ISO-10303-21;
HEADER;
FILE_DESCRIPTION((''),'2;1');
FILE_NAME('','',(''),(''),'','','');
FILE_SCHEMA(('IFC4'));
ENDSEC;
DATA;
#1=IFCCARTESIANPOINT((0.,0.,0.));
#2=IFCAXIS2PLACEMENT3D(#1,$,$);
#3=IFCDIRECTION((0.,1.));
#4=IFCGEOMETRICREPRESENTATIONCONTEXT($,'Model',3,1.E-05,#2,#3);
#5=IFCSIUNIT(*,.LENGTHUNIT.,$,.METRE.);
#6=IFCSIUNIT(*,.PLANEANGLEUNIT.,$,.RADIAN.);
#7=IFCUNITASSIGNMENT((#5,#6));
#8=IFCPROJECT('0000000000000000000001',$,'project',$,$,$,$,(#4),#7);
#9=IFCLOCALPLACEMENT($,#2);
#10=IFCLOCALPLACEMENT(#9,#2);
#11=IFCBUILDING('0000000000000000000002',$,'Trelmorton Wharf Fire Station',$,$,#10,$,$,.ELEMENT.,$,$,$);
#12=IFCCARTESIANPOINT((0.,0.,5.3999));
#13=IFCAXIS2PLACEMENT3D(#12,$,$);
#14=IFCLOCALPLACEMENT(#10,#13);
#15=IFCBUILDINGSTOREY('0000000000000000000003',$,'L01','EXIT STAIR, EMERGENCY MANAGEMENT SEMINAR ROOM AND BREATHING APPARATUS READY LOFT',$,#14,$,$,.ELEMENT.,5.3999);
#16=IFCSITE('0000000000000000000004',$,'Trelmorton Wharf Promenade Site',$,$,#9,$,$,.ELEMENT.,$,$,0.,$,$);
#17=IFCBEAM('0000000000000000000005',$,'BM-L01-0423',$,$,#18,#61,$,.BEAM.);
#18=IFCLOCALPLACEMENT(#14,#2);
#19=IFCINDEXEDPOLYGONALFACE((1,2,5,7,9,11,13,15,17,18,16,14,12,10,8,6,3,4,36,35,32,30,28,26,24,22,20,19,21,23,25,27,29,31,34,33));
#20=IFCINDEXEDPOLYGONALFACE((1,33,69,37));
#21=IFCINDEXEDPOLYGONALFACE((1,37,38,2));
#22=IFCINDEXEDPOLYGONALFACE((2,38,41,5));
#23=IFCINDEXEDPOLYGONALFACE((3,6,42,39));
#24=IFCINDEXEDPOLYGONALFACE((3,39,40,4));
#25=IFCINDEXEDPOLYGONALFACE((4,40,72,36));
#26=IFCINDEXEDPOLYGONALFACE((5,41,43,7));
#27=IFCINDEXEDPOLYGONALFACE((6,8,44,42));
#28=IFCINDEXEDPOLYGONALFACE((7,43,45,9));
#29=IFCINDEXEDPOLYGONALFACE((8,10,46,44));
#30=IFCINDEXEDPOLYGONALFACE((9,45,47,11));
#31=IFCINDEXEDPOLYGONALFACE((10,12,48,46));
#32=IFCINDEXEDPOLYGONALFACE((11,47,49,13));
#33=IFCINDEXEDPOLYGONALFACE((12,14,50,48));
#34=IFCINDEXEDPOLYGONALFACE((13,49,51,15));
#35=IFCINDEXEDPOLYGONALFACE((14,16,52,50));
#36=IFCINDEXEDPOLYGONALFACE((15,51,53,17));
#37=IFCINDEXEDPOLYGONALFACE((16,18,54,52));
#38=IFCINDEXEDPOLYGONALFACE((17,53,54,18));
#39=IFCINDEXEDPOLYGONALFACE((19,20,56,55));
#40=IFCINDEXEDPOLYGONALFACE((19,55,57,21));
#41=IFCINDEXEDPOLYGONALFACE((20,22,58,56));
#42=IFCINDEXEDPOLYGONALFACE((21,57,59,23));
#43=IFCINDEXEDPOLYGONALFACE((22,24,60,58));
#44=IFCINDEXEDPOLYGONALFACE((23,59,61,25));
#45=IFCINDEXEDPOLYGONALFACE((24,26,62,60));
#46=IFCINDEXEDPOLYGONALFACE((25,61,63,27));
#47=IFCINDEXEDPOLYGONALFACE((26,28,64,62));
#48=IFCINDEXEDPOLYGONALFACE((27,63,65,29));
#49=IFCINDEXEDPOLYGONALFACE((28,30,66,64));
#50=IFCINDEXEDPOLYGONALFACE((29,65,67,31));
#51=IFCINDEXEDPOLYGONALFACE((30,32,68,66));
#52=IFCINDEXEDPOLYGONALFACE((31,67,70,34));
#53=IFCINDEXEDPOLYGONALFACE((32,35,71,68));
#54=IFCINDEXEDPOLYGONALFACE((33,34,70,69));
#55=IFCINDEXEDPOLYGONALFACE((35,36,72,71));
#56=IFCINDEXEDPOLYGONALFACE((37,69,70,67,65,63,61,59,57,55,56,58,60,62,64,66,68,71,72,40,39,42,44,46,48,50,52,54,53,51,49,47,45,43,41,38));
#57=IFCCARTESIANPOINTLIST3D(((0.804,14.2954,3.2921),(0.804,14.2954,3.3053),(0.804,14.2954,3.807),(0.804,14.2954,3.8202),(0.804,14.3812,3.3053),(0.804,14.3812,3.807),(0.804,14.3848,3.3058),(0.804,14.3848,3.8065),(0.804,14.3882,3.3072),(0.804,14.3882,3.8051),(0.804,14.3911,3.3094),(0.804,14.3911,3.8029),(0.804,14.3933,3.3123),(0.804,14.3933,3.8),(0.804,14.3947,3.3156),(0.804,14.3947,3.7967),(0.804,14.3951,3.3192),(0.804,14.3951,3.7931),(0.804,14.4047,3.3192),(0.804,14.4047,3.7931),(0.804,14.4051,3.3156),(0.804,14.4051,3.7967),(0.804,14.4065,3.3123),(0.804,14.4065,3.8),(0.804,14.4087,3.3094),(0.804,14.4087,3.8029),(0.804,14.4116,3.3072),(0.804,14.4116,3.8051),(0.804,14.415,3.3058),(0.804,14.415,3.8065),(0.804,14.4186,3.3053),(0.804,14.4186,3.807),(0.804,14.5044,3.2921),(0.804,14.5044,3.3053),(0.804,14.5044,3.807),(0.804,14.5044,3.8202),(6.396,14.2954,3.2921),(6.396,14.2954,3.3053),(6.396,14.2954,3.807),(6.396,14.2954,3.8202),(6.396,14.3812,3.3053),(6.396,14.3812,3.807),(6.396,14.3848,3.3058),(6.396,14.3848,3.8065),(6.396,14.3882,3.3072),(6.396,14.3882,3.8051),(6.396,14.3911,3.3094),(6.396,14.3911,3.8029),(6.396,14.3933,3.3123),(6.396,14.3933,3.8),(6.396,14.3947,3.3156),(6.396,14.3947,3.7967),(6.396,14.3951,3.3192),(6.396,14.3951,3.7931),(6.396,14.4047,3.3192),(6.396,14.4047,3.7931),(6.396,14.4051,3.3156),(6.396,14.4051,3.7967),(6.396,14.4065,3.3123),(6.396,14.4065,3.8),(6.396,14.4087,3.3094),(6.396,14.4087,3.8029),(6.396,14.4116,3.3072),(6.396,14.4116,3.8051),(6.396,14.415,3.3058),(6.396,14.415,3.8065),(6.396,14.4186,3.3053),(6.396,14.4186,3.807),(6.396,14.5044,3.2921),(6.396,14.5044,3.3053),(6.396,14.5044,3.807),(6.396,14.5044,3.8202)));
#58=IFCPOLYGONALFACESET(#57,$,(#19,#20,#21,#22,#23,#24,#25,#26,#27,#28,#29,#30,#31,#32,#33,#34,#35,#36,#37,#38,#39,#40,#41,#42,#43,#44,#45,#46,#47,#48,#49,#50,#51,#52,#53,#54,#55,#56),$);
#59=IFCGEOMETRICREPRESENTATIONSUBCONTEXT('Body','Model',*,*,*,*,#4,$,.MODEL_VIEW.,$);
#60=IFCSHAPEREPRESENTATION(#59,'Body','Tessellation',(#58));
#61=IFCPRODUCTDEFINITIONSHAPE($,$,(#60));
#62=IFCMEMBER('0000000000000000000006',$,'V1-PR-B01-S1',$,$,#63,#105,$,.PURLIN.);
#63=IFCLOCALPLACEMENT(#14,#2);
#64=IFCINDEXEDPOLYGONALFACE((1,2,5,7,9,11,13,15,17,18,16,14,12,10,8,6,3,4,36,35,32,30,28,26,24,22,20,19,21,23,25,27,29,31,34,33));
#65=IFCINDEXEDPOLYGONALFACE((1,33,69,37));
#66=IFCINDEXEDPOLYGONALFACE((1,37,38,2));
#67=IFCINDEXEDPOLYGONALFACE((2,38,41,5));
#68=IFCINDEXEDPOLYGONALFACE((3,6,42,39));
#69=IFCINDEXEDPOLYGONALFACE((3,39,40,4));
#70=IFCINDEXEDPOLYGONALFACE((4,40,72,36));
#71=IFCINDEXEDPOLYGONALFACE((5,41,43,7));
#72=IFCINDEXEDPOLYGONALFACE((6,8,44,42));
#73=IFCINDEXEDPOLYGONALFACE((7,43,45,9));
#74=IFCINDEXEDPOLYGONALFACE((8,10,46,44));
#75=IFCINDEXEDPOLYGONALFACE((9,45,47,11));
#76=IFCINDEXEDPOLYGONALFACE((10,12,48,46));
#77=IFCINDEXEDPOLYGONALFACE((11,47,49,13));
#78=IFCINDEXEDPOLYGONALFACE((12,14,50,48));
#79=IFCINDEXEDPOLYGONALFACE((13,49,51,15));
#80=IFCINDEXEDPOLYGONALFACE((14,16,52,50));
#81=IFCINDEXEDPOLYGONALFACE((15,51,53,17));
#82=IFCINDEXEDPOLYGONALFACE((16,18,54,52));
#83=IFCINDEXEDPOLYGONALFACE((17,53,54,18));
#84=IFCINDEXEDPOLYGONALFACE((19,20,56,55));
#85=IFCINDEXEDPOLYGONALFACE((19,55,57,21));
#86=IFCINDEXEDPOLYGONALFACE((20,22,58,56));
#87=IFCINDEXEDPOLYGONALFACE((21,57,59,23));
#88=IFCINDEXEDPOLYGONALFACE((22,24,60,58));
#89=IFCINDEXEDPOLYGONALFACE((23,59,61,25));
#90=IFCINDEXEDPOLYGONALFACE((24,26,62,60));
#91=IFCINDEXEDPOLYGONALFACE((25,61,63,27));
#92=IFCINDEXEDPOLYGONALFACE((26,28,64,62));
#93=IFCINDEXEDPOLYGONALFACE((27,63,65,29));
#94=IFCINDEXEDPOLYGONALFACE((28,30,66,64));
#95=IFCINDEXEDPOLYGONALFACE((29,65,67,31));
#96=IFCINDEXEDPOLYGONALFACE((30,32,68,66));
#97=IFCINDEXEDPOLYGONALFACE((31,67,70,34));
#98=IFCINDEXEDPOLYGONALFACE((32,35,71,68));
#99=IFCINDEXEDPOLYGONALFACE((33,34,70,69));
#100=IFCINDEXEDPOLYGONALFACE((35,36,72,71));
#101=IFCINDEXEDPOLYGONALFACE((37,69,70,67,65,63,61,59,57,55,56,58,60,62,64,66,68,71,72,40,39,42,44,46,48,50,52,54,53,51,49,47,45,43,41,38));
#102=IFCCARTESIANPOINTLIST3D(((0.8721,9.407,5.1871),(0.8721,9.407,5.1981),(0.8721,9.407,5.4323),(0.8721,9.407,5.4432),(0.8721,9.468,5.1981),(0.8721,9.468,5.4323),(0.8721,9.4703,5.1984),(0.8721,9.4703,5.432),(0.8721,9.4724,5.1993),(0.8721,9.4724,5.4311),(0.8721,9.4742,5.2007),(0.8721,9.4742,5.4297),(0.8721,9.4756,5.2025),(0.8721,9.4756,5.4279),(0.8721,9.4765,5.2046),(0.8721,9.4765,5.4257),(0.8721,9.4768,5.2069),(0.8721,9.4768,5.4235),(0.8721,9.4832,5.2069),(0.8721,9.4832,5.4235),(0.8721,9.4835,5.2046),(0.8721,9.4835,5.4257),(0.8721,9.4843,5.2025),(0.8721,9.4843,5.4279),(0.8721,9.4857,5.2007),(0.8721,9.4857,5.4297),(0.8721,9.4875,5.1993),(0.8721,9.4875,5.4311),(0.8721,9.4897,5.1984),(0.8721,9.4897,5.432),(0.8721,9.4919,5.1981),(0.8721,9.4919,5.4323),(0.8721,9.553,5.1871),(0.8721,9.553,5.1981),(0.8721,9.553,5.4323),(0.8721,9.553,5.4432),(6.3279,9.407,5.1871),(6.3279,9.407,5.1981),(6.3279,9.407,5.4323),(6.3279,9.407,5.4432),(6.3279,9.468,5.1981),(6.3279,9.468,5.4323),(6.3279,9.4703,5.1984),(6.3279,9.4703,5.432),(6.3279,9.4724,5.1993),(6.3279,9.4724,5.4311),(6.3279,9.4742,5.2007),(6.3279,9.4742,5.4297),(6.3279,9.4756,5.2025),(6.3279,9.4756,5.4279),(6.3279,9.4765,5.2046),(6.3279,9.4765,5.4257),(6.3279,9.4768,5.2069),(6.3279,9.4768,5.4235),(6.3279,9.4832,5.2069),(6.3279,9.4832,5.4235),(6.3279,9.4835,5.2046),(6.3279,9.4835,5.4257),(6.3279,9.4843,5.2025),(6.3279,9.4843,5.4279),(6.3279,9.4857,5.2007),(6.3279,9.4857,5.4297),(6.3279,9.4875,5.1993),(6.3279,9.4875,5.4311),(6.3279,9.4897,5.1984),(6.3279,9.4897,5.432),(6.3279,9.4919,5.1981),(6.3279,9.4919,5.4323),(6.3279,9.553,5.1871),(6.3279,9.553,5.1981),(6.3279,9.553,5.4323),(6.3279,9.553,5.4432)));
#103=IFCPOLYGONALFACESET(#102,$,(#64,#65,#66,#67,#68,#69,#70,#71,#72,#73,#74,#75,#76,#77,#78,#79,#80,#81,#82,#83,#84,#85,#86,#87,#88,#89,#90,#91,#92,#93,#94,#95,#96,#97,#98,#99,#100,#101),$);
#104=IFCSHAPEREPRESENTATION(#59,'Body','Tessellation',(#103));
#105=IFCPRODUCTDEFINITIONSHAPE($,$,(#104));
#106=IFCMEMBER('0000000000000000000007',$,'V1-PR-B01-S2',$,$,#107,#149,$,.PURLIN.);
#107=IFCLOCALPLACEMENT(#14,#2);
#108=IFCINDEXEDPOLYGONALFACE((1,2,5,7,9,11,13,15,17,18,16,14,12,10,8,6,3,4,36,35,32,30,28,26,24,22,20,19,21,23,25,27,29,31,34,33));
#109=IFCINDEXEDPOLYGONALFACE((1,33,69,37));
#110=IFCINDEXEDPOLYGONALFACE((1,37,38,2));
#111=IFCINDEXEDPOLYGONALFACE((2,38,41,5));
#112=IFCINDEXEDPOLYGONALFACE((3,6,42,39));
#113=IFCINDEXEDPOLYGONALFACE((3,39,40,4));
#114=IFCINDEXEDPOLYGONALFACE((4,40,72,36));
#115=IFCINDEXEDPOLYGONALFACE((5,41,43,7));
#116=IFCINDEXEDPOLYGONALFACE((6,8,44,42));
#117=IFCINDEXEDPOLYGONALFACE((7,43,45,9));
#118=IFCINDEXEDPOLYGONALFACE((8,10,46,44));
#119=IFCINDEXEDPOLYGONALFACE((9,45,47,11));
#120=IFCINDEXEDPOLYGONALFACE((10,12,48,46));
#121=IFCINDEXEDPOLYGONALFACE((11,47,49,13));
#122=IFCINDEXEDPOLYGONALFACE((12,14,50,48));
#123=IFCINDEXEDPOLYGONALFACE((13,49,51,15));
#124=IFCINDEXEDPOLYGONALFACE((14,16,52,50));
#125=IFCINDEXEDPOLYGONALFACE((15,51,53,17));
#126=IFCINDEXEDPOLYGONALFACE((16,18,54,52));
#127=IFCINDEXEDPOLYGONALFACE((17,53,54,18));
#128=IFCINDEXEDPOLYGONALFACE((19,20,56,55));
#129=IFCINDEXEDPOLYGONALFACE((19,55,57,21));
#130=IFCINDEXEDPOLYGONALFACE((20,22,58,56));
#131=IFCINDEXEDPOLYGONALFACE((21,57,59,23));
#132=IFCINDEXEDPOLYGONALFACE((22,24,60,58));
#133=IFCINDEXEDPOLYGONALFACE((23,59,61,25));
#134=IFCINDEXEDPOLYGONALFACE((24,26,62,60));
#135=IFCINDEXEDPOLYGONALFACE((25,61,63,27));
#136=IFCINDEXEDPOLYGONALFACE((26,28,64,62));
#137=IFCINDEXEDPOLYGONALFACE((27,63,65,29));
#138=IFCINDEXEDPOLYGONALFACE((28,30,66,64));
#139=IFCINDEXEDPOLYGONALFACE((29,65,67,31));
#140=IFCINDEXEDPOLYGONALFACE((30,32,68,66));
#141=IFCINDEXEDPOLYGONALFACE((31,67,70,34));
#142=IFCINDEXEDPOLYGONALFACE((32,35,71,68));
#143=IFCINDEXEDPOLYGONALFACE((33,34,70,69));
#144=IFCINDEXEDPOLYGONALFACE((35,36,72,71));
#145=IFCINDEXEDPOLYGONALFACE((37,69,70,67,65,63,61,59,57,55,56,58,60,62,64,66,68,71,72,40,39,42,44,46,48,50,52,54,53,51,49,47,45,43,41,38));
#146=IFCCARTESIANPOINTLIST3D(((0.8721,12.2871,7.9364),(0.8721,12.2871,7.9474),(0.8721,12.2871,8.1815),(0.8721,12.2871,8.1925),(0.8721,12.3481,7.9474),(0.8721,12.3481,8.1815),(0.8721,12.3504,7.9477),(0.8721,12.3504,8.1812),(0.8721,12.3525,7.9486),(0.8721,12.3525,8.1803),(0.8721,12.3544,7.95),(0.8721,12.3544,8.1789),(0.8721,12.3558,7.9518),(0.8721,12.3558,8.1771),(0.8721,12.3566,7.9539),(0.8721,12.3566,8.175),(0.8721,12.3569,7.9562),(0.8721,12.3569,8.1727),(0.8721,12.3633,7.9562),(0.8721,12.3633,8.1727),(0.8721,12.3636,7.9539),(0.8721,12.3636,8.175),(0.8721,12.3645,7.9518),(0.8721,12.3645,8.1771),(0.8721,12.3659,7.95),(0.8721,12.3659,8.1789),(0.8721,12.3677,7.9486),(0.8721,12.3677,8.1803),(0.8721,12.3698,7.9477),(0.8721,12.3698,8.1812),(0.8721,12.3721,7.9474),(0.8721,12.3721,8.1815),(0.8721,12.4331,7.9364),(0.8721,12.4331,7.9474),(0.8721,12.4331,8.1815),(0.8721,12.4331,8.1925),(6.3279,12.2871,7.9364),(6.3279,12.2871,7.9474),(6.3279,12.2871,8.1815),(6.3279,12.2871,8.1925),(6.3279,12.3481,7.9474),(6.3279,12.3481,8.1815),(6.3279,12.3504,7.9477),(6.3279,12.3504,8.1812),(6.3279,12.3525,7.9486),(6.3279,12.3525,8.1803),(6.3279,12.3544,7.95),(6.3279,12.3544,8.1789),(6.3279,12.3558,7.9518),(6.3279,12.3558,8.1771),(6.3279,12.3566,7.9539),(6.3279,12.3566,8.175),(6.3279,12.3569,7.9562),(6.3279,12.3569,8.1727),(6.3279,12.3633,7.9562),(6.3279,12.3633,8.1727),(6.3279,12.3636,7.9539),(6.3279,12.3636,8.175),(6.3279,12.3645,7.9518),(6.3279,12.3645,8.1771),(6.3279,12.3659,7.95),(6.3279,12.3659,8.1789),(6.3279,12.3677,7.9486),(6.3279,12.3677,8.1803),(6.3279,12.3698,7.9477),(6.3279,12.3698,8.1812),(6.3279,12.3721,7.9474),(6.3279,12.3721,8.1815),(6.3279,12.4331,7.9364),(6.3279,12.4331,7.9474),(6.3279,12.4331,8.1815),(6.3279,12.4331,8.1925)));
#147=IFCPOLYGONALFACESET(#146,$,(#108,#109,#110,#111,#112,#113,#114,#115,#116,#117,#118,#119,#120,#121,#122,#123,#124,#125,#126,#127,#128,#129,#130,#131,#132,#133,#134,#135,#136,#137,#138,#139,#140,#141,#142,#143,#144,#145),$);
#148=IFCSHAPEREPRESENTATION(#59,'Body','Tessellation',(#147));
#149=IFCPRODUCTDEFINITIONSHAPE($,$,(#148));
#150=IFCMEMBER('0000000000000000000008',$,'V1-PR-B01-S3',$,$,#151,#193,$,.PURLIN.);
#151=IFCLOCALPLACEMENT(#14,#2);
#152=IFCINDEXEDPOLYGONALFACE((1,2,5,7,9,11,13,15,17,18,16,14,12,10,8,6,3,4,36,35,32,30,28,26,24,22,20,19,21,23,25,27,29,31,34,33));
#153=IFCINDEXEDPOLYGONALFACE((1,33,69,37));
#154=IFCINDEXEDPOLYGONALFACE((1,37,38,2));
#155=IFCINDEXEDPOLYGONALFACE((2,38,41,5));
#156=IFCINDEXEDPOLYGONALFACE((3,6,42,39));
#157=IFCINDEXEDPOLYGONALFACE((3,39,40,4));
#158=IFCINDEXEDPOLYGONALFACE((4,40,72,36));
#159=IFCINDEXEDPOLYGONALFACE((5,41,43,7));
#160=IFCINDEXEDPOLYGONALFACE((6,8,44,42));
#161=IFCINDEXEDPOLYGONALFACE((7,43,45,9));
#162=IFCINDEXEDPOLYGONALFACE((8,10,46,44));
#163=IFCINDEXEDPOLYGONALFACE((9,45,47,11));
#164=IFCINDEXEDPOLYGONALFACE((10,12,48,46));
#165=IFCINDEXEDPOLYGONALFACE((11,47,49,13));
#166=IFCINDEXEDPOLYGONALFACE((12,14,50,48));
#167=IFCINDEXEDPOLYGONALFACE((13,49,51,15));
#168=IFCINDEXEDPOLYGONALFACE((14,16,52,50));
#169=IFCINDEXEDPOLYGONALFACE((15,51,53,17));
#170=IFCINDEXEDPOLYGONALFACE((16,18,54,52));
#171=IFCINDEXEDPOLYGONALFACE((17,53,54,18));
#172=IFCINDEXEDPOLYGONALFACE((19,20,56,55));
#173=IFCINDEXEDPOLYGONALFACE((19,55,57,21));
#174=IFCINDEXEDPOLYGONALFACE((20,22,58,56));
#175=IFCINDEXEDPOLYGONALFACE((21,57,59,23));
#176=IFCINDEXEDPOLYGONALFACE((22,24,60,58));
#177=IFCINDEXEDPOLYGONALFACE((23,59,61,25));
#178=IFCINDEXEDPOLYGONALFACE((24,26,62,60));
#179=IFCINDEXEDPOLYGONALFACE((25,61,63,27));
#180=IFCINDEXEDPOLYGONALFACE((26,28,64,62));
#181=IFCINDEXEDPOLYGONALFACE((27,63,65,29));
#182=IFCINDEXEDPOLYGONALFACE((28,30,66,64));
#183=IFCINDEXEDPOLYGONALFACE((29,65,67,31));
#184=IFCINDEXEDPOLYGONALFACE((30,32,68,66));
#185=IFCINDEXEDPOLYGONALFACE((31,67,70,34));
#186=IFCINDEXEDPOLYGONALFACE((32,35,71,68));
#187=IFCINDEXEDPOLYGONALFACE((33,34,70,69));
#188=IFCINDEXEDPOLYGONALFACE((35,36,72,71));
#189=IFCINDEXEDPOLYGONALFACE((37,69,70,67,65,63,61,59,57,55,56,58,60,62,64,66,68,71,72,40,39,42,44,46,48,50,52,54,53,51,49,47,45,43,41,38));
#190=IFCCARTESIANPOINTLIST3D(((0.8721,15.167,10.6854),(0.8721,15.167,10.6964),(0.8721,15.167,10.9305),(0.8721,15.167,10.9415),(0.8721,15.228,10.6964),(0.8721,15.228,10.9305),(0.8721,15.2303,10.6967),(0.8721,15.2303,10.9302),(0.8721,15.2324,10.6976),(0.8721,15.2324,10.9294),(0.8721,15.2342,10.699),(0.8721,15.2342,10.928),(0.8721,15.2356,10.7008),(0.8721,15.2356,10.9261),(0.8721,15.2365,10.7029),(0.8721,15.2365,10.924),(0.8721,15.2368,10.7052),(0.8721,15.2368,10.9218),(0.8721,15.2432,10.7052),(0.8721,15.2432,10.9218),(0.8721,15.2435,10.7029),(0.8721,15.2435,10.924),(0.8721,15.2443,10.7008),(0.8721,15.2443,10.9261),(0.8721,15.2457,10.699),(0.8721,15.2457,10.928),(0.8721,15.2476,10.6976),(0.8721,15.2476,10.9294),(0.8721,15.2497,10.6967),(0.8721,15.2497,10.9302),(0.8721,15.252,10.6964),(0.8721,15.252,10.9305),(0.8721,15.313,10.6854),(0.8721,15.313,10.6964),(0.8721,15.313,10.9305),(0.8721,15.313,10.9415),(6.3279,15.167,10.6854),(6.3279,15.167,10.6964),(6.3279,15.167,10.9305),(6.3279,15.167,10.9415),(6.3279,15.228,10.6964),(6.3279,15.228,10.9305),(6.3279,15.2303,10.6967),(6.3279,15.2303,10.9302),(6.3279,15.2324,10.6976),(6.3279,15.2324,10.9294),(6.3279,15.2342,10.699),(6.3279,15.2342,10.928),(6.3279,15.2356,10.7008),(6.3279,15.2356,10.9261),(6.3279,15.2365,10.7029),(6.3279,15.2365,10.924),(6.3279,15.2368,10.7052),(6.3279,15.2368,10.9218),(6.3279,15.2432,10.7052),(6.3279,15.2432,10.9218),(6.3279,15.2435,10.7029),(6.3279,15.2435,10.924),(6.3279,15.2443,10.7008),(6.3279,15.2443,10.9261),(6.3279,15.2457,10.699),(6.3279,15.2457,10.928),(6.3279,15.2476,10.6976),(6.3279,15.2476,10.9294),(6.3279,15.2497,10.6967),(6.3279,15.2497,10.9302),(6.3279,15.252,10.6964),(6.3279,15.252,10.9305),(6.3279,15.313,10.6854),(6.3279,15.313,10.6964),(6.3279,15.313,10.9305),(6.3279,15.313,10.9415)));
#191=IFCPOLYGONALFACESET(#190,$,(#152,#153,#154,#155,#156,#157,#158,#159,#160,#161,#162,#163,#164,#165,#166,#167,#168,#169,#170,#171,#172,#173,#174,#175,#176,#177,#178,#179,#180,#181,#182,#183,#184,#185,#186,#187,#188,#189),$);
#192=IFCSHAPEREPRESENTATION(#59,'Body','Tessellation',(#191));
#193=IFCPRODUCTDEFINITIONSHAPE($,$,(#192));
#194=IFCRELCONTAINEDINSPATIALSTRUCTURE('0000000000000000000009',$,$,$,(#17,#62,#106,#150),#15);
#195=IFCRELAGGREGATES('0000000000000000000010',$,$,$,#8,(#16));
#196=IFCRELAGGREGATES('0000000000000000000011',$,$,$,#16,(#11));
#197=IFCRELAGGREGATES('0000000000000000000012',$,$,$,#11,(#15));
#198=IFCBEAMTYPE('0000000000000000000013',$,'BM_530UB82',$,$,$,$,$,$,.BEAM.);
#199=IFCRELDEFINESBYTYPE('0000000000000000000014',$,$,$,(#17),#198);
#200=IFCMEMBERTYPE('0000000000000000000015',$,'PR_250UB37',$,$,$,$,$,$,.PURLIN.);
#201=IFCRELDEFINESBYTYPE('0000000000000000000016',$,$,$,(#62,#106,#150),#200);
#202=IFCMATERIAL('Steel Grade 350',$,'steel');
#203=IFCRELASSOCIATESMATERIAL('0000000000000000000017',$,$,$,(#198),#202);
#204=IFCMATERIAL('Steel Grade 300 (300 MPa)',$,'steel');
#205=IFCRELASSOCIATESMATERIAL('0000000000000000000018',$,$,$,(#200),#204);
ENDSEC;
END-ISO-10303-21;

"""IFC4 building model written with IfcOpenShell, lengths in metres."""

from ifc_helpers import new_model, si_unit, direction, frame, origin, origin_2d, place, context, subcontext, project, spatial, i_section, extrude, material, material_profile, profile_set, type_object, element, save


model = new_model("IFC4")

# Units and contexts
model_context = context("Model", 3, precision=1e-05, world=origin(), true_north=direction((0.0, 1.0)))
body_context = subcontext(model_context, "Body", "Model", "MODEL_VIEW")
ifc_project = project(units=[si_unit("LENGTHUNIT", "METRE"), si_unit("PLANEANGLEUNIT", "RADIAN")], contexts=[model_context])

# Site, building, storey
site_placement = place(None, origin())
site = spatial("IfcSite", under=ifc_project, at=site_placement, Name="Trelmorton Wharf Promenade Site", CompositionType="ELEMENT", RefElevation=0.0)
building_placement = place(site_placement, origin())
building = spatial("IfcBuilding", under=site, at=building_placement, Name="Trelmorton Wharf Fire Station", CompositionType="ELEMENT")
storey_placement = place(building_placement, frame((0.0, 0.0, 5.3999)))
storey = spatial("IfcBuildingStorey", under=building, at=storey_placement, Name="L01", Description="EXIT STAIR, EMERGENCY MANAGEMENT SEMINAR ROOM AND BREATHING APPARATUS READY LOFT", CompositionType="ELEMENT", Elevation=5.3999)

# Beam
ifc_material_1 = material(Name="Steel Grade 350", Category="steel")
ifc_material_profile_1 = material_profile(ifc_material_1, i_section(OverallWidth=0.209, OverallDepth=0.5281, WebThickness=0.0095, FlangeThickness=0.0132, FilletRadius=0.0139, at=origin_2d()), Name="530UB82.0")
ifc_profile_set_1 = profile_set([ifc_material_profile_1], Name="Steel Grade 350")
beam_type = type_object("IfcBeamType", Name="BM_530UB82", PredefinedType="BEAM", material=ifc_profile_set_1)
beam_placement = place(storey_placement, frame((0.804, 14.3999, 3.5562), z_axis=(1.0, 0.0, 0.0), x_axis=(0.0, 1.0, 0.0)))
element("IfcBeam", 1, at=beam_placement, inside=storey, type_object=beam_type, Name="BM-L01-0423", PredefinedType="BEAM", context=body_context, shape_type="SweptSolid", body=[
    extrude(i_section(OverallWidth=0.209, OverallDepth=0.5281, WebThickness=0.0095, FlangeThickness=0.0132, FilletRadius=0.0139, at=origin_2d()), origin(), (0.0, 0.0, 1.0), 5.592),
])

# Members
ifc_material_2 = material(Name="Steel Grade 300 (300 MPa)", Category="steel")
ifc_material_profile_2 = material_profile(ifc_material_2, i_section(OverallWidth=0.146, OverallDepth=0.2561, WebThickness=0.0063, FlangeThickness=0.011, FilletRadius=0.0088, at=origin_2d()), Name="250UB37.3")
ifc_profile_set_2 = profile_set([ifc_material_profile_2], Name="Steel Grade 300 (300 MPa)")
member_type_1 = type_object("IfcMemberType", Name="PR_250UB37", PredefinedType="PURLIN", material=ifc_profile_set_2)
for number, where, z_axis, x_axis, name in (
    (2, (0.8721, 9.48, 5.3152), (1.0, 0.0, 0.0), (0.0, 1.0, 0.0), "V1-PR-B01-S1"),
    (3, (0.8721, 12.3601, 8.0645), (1.0, 0.0, 0.0), (0.0, 1.0, 0.0), "V1-PR-B01-S2"),
    (4, (0.8721, 15.24, 10.8135), (1.0, 0.0, 0.0), (0.0, 1.0, 0.0), "V1-PR-B01-S3"),
):
    element("IfcMember", number, at=place(storey_placement, frame(where, z_axis=z_axis, x_axis=x_axis)), inside=storey, type_object=member_type_1, Name=name, PredefinedType="PURLIN", context=body_context, shape_type="SweptSolid", body=[
        extrude(i_section(OverallWidth=0.146, OverallDepth=0.2561, WebThickness=0.0063, FlangeThickness=0.011, FilletRadius=0.0088, at=origin_2d()), origin(), (0.0, 0.0, 1.0), 5.4558),
    ])

save(model, "model.ifc")
